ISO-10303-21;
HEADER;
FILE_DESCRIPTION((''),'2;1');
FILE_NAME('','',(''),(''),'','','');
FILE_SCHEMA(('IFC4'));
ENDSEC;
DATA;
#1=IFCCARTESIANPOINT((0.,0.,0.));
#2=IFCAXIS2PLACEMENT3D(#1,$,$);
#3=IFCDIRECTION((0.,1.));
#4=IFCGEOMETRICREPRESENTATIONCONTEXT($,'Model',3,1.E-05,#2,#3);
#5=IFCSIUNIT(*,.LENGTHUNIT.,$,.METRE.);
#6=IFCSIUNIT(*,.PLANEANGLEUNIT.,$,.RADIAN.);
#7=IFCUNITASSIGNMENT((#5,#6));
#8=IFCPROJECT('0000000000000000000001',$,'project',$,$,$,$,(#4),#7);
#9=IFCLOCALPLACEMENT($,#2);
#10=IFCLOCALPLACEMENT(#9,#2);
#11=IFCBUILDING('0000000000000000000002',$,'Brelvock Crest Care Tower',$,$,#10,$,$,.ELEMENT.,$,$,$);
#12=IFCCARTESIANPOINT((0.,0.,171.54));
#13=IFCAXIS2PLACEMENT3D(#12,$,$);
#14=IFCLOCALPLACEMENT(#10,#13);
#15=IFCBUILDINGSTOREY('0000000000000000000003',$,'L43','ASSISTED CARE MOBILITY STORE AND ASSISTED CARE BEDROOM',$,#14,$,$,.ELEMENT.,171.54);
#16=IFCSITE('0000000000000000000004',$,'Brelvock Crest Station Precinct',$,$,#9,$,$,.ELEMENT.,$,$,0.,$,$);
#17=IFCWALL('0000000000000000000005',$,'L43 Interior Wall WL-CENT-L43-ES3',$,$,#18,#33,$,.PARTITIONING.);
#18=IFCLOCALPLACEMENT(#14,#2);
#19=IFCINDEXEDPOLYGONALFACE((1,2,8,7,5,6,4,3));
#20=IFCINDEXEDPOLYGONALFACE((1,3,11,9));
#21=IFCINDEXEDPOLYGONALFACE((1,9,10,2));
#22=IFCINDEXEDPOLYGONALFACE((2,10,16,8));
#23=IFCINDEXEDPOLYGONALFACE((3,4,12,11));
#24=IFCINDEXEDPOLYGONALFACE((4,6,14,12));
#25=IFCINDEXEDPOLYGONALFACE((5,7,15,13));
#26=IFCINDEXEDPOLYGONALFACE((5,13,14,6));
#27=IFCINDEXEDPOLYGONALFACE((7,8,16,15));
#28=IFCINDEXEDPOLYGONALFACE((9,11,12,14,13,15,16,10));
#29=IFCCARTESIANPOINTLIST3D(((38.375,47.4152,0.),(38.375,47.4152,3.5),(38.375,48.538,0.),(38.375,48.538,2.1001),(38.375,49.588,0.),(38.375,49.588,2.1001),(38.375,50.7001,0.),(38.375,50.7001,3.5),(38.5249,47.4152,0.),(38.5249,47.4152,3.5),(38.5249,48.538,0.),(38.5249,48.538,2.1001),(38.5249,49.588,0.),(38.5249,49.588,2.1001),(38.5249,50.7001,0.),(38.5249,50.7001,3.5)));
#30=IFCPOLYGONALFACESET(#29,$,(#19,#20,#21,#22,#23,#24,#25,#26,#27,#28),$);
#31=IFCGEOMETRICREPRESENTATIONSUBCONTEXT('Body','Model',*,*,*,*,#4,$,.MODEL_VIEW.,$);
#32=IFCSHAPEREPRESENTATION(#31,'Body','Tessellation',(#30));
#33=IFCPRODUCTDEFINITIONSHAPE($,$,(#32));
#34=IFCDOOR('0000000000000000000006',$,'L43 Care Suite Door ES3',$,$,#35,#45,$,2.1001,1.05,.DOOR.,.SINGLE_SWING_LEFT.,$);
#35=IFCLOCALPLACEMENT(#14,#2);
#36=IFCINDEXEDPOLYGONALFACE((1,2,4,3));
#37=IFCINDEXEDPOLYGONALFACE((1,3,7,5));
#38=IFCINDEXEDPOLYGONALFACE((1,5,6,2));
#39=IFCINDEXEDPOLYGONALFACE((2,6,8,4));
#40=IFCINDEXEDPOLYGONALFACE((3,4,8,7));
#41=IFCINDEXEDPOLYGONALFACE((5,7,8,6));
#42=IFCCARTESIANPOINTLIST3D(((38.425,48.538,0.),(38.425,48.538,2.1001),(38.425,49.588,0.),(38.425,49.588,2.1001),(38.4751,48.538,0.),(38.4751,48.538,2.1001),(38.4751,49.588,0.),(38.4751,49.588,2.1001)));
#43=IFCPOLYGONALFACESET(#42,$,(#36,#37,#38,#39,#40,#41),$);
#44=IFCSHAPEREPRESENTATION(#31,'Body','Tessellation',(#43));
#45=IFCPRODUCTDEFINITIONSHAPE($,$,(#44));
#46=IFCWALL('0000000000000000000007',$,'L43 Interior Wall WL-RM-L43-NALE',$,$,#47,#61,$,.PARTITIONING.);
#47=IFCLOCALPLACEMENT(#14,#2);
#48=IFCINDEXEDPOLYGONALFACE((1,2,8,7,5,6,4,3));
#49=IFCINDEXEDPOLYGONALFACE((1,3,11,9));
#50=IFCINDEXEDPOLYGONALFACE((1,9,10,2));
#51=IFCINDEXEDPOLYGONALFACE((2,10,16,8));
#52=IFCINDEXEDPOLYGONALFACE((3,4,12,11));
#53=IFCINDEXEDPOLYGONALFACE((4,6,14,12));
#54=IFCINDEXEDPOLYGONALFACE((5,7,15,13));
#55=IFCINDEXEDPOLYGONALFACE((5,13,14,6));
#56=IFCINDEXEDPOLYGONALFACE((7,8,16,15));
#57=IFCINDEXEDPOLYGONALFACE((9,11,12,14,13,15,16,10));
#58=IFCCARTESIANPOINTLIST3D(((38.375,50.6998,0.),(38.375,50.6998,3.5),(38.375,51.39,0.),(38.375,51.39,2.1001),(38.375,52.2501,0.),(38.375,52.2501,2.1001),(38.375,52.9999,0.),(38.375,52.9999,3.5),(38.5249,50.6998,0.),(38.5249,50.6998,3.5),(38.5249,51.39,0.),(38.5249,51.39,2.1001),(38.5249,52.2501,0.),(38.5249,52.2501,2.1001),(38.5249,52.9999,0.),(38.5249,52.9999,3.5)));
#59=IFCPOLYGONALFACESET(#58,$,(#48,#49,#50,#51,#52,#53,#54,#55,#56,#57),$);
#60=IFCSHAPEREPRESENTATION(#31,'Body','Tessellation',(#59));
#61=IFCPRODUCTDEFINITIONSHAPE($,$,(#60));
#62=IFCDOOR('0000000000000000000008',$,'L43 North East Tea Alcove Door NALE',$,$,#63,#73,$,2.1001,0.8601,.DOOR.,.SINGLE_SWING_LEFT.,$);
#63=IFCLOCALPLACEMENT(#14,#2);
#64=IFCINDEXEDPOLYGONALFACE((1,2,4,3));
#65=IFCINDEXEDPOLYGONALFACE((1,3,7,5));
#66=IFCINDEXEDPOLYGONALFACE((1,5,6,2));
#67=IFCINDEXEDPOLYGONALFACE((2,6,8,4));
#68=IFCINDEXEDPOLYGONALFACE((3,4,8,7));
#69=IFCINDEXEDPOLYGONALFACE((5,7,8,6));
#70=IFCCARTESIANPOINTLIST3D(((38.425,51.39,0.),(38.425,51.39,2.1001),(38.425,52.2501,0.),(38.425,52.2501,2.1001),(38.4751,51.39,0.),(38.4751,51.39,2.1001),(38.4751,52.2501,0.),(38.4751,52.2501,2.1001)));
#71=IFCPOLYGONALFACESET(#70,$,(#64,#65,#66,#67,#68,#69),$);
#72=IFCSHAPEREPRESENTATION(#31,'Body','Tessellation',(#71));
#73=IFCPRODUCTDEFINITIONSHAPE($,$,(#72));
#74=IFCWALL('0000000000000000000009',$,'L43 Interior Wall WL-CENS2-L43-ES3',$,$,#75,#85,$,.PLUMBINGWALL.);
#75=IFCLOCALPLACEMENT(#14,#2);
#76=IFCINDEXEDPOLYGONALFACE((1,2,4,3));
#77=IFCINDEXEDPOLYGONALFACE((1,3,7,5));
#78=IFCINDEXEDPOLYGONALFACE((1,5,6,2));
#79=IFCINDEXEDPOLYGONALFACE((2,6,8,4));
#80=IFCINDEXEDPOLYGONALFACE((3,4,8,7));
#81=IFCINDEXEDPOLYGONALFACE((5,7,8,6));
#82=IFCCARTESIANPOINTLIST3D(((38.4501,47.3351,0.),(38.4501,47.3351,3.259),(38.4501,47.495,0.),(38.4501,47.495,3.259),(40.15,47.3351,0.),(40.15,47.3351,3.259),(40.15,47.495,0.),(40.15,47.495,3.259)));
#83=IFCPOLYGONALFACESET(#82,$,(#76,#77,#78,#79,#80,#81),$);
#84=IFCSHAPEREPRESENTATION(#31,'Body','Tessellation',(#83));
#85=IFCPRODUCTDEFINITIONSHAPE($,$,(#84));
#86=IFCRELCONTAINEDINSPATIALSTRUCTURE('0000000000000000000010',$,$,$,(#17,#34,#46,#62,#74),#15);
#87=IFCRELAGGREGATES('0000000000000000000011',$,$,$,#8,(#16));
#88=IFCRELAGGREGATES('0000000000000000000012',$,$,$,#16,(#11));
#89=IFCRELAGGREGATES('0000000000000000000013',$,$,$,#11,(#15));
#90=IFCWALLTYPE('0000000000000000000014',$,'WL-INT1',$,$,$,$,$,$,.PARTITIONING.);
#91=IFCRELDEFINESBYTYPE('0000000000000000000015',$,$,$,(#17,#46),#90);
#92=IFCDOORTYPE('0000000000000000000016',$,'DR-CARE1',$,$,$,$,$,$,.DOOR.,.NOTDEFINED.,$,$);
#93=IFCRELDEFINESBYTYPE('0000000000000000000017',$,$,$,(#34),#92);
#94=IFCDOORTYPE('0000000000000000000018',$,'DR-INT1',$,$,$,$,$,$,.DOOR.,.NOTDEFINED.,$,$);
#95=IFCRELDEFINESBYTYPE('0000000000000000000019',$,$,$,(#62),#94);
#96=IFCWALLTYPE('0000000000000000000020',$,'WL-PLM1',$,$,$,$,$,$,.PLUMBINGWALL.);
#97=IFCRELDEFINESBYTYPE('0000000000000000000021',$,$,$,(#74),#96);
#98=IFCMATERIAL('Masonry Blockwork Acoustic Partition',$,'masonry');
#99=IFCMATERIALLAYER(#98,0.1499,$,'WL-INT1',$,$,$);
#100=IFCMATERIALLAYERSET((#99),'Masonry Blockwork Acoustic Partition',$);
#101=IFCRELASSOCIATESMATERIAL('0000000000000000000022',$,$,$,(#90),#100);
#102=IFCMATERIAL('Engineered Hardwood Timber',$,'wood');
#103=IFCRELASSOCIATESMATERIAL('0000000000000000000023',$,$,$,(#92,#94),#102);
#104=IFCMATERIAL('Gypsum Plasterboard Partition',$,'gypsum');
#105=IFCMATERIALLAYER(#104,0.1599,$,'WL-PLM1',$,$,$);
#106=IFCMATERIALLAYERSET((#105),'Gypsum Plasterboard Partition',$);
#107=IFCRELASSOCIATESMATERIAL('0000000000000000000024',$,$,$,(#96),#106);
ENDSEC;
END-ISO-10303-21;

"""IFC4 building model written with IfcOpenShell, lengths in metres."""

from ifc_helpers import new_model, si_unit, direction, frame, frame_2d, origin, origin_2d, place, context, subcontext, project, spatial, rectangle, extrude, source, transform, mapped, material, layer, layer_set, type_object, element, fill, save


model = new_model("IFC4")

# Units and contexts
model_context = context("Model", 3, precision=1e-05, world=origin(), true_north=direction((0.0, 1.0)))
body_context = subcontext(model_context, "Body", "Model", "MODEL_VIEW")
ifc_project = project(units=[si_unit("LENGTHUNIT", "METRE"), si_unit("PLANEANGLEUNIT", "RADIAN")], contexts=[model_context])

# Site, building, storey
site_placement = place(None, origin())
site = spatial("IfcSite", under=ifc_project, at=site_placement, Name="Brelvock Crest Station Precinct", CompositionType="ELEMENT", RefElevation=0.0)
building_placement = place(site_placement, origin())
building = spatial("IfcBuilding", under=site, at=building_placement, Name="Brelvock Crest Care Tower", CompositionType="ELEMENT")
storey_placement = place(building_placement, frame((0.0, 0.0, 171.54)))
storey = spatial("IfcBuildingStorey", under=building, at=storey_placement, Name="L43", Description="ASSISTED CARE MOBILITY STORE AND ASSISTED CARE BEDROOM", CompositionType="ELEMENT", Elevation=171.54)

# Shared definitions
ifc_material_1 = material(Name="Masonry Blockwork Acoustic Partition", Category="masonry")
ifc_layer_1 = layer(ifc_material_1, 0.1499, Name="WL-INT1")
ifc_layer_set_1 = layer_set([ifc_layer_1], Name="Masonry Blockwork Acoustic Partition")
wall_type_1 = type_object("IfcWallType", Name="WL-INT1", PredefinedType="PARTITIONING", material=ifc_layer_set_1)

# Walls, openings, doors
ifc_material_2 = material(Name="Engineered Hardwood Timber", Category="wood")
door_type_1 = type_object("IfcDoorType", Name="DR-CARE1", OperationType="NOTDEFINED", PredefinedType="DOOR", material=ifc_material_2)
shared_shape_1 = source(origin(), body_context, "Body", "SweptSolid", [
    extrude(rectangle(XDim=1.05, YDim=2.1001, at=origin_2d()), frame((0.5249, 0.0249, 1.05), z_axis=(0.0, -1.0, 0.0), x_axis=(1.0, 0.0, 0.0)), (0.0, 0.0, 1.0), 0.05),
])
door_type_2 = type_object("IfcDoorType", Name="DR-INT1", OperationType="NOTDEFINED", PredefinedType="DOOR", material=ifc_material_2)
shared_shape_2 = source(origin(), body_context, "Body", "SweptSolid", [
    extrude(rectangle(XDim=0.8601, YDim=2.1001, at=origin_2d()), frame((0.4302, 0.0249, 1.05), z_axis=(0.0, -1.0, 0.0), x_axis=(1.0, 0.0, 0.0)), (0.0, 0.0, 1.0), 0.05),
])
wall_1_placement = place(storey_placement, frame((38.45, 47.415, 0.0), z_axis=(0.0, 0.0, 1.0), x_axis=(0.0, 1.0, 0.0)))
wall_1 = element("IfcWall", 1, at=wall_1_placement, inside=storey, type_object=wall_type_1, Name="L43 Interior Wall WL-CENT-L43-ES3", PredefinedType="PARTITIONING", context=body_context, shape_type="SweptSolid", body=[
    extrude(rectangle(XDim=3.2849, YDim=0.1499, at=frame_2d((1.6426, 0.0))), origin(), (0.0, 0.0, 1.0), 3.5),
])
opening_1_placement = place(wall_1_placement, frame((1.123, 0.0, 0.0)))
opening_1 = element("IfcOpeningElement", 2, at=opening_1_placement, cuts=wall_1, PredefinedType="OPENING", context=body_context, shape_type="SweptSolid", body=[
    extrude(rectangle(XDim=1.05, YDim=2.1001, at=origin_2d()), frame((0.5249, 0.085, 1.05), z_axis=(0.0, -1.0, 0.0), x_axis=(1.0, 0.0, 0.0)), (0.0, 0.0, 1.0), 0.1699),
])
door_1_placement = place(opening_1_placement, origin())
door_1 = element("IfcDoor", 3, at=door_1_placement, inside=storey, type_object=door_type_1, Name="L43 Care Suite Door ES3", OperationType="SINGLE_SWING_LEFT", OverallHeight=2.1001, OverallWidth=1.05, PredefinedType="DOOR", context=body_context, shape_type="MappedRepresentation", body=[
    mapped(shared_shape_1, transform((0.0, 0.0, 0.0), x_axis=(1.0, 0.0, 0.0), y_axis=(0.0, 1.0, 0.0), z_axis=(0.0, 0.0, 1.0), scale=1.0)),
])
fill(opening_1, door_1)
wall_2_placement = place(storey_placement, frame((38.45, 50.7, 0.0), z_axis=(0.0, 0.0, 1.0), x_axis=(0.0, 1.0, 0.0)))
wall_2 = element("IfcWall", 4, at=wall_2_placement, inside=storey, type_object=wall_type_1, Name="L43 Interior Wall WL-RM-L43-NALE", PredefinedType="PARTITIONING", context=body_context, shape_type="SweptSolid", body=[
    extrude(rectangle(XDim=2.3, YDim=0.1499, at=frame_2d((1.1499, 0.0))), origin(), (0.0, 0.0, 1.0), 3.5),
])
opening_2_placement = place(wall_2_placement, frame((0.6899, 0.0, 0.0)))
opening_2 = element("IfcOpeningElement", 5, at=opening_2_placement, cuts=wall_2, PredefinedType="OPENING", context=body_context, shape_type="SweptSolid", body=[
    extrude(rectangle(XDim=0.8601, YDim=2.1001, at=origin_2d()), frame((0.4302, 0.085, 1.05), z_axis=(0.0, -1.0, 0.0), x_axis=(1.0, 0.0, 0.0)), (0.0, 0.0, 1.0), 0.1699),
])
door_2_placement = place(opening_2_placement, origin())
door_2 = element("IfcDoor", 6, at=door_2_placement, inside=storey, type_object=door_type_2, Name="L43 North East Tea Alcove Door NALE", OperationType="SINGLE_SWING_LEFT", OverallHeight=2.1001, OverallWidth=0.8601, PredefinedType="DOOR", context=body_context, shape_type="MappedRepresentation", body=[
    mapped(shared_shape_2, transform((0.0, 0.0, 0.0), x_axis=(1.0, 0.0, 0.0), y_axis=(0.0, 1.0, 0.0), z_axis=(0.0, 0.0, 1.0), scale=1.0)),
])
fill(opening_2, door_2)

# Wall
ifc_material_3 = material(Name="Gypsum Plasterboard Partition", Category="gypsum")
ifc_layer_2 = layer(ifc_material_3, 0.1599, Name="WL-PLM1")
ifc_layer_set_2 = layer_set([ifc_layer_2], Name="Gypsum Plasterboard Partition")
wall_type_2 = type_object("IfcWallType", Name="WL-PLM1", PredefinedType="PLUMBINGWALL", material=ifc_layer_set_2)
wall_3_placement = place(storey_placement, frame((38.45, 47.415, 0.0), z_axis=(0.0, 0.0, 1.0), x_axis=(1.0, 0.0, 0.0)))
element("IfcWall", 7, at=wall_3_placement, inside=storey, type_object=wall_type_2, Name="L43 Interior Wall WL-CENS2-L43-ES3", PredefinedType="PLUMBINGWALL", context=body_context, shape_type="SweptSolid", body=[
    extrude(rectangle(XDim=1.7, YDim=0.1599, at=frame_2d((0.8501, 0.0))), origin(), (0.0, 0.0, 1.0), 3.259),
])

save(model, "model.ifc")
